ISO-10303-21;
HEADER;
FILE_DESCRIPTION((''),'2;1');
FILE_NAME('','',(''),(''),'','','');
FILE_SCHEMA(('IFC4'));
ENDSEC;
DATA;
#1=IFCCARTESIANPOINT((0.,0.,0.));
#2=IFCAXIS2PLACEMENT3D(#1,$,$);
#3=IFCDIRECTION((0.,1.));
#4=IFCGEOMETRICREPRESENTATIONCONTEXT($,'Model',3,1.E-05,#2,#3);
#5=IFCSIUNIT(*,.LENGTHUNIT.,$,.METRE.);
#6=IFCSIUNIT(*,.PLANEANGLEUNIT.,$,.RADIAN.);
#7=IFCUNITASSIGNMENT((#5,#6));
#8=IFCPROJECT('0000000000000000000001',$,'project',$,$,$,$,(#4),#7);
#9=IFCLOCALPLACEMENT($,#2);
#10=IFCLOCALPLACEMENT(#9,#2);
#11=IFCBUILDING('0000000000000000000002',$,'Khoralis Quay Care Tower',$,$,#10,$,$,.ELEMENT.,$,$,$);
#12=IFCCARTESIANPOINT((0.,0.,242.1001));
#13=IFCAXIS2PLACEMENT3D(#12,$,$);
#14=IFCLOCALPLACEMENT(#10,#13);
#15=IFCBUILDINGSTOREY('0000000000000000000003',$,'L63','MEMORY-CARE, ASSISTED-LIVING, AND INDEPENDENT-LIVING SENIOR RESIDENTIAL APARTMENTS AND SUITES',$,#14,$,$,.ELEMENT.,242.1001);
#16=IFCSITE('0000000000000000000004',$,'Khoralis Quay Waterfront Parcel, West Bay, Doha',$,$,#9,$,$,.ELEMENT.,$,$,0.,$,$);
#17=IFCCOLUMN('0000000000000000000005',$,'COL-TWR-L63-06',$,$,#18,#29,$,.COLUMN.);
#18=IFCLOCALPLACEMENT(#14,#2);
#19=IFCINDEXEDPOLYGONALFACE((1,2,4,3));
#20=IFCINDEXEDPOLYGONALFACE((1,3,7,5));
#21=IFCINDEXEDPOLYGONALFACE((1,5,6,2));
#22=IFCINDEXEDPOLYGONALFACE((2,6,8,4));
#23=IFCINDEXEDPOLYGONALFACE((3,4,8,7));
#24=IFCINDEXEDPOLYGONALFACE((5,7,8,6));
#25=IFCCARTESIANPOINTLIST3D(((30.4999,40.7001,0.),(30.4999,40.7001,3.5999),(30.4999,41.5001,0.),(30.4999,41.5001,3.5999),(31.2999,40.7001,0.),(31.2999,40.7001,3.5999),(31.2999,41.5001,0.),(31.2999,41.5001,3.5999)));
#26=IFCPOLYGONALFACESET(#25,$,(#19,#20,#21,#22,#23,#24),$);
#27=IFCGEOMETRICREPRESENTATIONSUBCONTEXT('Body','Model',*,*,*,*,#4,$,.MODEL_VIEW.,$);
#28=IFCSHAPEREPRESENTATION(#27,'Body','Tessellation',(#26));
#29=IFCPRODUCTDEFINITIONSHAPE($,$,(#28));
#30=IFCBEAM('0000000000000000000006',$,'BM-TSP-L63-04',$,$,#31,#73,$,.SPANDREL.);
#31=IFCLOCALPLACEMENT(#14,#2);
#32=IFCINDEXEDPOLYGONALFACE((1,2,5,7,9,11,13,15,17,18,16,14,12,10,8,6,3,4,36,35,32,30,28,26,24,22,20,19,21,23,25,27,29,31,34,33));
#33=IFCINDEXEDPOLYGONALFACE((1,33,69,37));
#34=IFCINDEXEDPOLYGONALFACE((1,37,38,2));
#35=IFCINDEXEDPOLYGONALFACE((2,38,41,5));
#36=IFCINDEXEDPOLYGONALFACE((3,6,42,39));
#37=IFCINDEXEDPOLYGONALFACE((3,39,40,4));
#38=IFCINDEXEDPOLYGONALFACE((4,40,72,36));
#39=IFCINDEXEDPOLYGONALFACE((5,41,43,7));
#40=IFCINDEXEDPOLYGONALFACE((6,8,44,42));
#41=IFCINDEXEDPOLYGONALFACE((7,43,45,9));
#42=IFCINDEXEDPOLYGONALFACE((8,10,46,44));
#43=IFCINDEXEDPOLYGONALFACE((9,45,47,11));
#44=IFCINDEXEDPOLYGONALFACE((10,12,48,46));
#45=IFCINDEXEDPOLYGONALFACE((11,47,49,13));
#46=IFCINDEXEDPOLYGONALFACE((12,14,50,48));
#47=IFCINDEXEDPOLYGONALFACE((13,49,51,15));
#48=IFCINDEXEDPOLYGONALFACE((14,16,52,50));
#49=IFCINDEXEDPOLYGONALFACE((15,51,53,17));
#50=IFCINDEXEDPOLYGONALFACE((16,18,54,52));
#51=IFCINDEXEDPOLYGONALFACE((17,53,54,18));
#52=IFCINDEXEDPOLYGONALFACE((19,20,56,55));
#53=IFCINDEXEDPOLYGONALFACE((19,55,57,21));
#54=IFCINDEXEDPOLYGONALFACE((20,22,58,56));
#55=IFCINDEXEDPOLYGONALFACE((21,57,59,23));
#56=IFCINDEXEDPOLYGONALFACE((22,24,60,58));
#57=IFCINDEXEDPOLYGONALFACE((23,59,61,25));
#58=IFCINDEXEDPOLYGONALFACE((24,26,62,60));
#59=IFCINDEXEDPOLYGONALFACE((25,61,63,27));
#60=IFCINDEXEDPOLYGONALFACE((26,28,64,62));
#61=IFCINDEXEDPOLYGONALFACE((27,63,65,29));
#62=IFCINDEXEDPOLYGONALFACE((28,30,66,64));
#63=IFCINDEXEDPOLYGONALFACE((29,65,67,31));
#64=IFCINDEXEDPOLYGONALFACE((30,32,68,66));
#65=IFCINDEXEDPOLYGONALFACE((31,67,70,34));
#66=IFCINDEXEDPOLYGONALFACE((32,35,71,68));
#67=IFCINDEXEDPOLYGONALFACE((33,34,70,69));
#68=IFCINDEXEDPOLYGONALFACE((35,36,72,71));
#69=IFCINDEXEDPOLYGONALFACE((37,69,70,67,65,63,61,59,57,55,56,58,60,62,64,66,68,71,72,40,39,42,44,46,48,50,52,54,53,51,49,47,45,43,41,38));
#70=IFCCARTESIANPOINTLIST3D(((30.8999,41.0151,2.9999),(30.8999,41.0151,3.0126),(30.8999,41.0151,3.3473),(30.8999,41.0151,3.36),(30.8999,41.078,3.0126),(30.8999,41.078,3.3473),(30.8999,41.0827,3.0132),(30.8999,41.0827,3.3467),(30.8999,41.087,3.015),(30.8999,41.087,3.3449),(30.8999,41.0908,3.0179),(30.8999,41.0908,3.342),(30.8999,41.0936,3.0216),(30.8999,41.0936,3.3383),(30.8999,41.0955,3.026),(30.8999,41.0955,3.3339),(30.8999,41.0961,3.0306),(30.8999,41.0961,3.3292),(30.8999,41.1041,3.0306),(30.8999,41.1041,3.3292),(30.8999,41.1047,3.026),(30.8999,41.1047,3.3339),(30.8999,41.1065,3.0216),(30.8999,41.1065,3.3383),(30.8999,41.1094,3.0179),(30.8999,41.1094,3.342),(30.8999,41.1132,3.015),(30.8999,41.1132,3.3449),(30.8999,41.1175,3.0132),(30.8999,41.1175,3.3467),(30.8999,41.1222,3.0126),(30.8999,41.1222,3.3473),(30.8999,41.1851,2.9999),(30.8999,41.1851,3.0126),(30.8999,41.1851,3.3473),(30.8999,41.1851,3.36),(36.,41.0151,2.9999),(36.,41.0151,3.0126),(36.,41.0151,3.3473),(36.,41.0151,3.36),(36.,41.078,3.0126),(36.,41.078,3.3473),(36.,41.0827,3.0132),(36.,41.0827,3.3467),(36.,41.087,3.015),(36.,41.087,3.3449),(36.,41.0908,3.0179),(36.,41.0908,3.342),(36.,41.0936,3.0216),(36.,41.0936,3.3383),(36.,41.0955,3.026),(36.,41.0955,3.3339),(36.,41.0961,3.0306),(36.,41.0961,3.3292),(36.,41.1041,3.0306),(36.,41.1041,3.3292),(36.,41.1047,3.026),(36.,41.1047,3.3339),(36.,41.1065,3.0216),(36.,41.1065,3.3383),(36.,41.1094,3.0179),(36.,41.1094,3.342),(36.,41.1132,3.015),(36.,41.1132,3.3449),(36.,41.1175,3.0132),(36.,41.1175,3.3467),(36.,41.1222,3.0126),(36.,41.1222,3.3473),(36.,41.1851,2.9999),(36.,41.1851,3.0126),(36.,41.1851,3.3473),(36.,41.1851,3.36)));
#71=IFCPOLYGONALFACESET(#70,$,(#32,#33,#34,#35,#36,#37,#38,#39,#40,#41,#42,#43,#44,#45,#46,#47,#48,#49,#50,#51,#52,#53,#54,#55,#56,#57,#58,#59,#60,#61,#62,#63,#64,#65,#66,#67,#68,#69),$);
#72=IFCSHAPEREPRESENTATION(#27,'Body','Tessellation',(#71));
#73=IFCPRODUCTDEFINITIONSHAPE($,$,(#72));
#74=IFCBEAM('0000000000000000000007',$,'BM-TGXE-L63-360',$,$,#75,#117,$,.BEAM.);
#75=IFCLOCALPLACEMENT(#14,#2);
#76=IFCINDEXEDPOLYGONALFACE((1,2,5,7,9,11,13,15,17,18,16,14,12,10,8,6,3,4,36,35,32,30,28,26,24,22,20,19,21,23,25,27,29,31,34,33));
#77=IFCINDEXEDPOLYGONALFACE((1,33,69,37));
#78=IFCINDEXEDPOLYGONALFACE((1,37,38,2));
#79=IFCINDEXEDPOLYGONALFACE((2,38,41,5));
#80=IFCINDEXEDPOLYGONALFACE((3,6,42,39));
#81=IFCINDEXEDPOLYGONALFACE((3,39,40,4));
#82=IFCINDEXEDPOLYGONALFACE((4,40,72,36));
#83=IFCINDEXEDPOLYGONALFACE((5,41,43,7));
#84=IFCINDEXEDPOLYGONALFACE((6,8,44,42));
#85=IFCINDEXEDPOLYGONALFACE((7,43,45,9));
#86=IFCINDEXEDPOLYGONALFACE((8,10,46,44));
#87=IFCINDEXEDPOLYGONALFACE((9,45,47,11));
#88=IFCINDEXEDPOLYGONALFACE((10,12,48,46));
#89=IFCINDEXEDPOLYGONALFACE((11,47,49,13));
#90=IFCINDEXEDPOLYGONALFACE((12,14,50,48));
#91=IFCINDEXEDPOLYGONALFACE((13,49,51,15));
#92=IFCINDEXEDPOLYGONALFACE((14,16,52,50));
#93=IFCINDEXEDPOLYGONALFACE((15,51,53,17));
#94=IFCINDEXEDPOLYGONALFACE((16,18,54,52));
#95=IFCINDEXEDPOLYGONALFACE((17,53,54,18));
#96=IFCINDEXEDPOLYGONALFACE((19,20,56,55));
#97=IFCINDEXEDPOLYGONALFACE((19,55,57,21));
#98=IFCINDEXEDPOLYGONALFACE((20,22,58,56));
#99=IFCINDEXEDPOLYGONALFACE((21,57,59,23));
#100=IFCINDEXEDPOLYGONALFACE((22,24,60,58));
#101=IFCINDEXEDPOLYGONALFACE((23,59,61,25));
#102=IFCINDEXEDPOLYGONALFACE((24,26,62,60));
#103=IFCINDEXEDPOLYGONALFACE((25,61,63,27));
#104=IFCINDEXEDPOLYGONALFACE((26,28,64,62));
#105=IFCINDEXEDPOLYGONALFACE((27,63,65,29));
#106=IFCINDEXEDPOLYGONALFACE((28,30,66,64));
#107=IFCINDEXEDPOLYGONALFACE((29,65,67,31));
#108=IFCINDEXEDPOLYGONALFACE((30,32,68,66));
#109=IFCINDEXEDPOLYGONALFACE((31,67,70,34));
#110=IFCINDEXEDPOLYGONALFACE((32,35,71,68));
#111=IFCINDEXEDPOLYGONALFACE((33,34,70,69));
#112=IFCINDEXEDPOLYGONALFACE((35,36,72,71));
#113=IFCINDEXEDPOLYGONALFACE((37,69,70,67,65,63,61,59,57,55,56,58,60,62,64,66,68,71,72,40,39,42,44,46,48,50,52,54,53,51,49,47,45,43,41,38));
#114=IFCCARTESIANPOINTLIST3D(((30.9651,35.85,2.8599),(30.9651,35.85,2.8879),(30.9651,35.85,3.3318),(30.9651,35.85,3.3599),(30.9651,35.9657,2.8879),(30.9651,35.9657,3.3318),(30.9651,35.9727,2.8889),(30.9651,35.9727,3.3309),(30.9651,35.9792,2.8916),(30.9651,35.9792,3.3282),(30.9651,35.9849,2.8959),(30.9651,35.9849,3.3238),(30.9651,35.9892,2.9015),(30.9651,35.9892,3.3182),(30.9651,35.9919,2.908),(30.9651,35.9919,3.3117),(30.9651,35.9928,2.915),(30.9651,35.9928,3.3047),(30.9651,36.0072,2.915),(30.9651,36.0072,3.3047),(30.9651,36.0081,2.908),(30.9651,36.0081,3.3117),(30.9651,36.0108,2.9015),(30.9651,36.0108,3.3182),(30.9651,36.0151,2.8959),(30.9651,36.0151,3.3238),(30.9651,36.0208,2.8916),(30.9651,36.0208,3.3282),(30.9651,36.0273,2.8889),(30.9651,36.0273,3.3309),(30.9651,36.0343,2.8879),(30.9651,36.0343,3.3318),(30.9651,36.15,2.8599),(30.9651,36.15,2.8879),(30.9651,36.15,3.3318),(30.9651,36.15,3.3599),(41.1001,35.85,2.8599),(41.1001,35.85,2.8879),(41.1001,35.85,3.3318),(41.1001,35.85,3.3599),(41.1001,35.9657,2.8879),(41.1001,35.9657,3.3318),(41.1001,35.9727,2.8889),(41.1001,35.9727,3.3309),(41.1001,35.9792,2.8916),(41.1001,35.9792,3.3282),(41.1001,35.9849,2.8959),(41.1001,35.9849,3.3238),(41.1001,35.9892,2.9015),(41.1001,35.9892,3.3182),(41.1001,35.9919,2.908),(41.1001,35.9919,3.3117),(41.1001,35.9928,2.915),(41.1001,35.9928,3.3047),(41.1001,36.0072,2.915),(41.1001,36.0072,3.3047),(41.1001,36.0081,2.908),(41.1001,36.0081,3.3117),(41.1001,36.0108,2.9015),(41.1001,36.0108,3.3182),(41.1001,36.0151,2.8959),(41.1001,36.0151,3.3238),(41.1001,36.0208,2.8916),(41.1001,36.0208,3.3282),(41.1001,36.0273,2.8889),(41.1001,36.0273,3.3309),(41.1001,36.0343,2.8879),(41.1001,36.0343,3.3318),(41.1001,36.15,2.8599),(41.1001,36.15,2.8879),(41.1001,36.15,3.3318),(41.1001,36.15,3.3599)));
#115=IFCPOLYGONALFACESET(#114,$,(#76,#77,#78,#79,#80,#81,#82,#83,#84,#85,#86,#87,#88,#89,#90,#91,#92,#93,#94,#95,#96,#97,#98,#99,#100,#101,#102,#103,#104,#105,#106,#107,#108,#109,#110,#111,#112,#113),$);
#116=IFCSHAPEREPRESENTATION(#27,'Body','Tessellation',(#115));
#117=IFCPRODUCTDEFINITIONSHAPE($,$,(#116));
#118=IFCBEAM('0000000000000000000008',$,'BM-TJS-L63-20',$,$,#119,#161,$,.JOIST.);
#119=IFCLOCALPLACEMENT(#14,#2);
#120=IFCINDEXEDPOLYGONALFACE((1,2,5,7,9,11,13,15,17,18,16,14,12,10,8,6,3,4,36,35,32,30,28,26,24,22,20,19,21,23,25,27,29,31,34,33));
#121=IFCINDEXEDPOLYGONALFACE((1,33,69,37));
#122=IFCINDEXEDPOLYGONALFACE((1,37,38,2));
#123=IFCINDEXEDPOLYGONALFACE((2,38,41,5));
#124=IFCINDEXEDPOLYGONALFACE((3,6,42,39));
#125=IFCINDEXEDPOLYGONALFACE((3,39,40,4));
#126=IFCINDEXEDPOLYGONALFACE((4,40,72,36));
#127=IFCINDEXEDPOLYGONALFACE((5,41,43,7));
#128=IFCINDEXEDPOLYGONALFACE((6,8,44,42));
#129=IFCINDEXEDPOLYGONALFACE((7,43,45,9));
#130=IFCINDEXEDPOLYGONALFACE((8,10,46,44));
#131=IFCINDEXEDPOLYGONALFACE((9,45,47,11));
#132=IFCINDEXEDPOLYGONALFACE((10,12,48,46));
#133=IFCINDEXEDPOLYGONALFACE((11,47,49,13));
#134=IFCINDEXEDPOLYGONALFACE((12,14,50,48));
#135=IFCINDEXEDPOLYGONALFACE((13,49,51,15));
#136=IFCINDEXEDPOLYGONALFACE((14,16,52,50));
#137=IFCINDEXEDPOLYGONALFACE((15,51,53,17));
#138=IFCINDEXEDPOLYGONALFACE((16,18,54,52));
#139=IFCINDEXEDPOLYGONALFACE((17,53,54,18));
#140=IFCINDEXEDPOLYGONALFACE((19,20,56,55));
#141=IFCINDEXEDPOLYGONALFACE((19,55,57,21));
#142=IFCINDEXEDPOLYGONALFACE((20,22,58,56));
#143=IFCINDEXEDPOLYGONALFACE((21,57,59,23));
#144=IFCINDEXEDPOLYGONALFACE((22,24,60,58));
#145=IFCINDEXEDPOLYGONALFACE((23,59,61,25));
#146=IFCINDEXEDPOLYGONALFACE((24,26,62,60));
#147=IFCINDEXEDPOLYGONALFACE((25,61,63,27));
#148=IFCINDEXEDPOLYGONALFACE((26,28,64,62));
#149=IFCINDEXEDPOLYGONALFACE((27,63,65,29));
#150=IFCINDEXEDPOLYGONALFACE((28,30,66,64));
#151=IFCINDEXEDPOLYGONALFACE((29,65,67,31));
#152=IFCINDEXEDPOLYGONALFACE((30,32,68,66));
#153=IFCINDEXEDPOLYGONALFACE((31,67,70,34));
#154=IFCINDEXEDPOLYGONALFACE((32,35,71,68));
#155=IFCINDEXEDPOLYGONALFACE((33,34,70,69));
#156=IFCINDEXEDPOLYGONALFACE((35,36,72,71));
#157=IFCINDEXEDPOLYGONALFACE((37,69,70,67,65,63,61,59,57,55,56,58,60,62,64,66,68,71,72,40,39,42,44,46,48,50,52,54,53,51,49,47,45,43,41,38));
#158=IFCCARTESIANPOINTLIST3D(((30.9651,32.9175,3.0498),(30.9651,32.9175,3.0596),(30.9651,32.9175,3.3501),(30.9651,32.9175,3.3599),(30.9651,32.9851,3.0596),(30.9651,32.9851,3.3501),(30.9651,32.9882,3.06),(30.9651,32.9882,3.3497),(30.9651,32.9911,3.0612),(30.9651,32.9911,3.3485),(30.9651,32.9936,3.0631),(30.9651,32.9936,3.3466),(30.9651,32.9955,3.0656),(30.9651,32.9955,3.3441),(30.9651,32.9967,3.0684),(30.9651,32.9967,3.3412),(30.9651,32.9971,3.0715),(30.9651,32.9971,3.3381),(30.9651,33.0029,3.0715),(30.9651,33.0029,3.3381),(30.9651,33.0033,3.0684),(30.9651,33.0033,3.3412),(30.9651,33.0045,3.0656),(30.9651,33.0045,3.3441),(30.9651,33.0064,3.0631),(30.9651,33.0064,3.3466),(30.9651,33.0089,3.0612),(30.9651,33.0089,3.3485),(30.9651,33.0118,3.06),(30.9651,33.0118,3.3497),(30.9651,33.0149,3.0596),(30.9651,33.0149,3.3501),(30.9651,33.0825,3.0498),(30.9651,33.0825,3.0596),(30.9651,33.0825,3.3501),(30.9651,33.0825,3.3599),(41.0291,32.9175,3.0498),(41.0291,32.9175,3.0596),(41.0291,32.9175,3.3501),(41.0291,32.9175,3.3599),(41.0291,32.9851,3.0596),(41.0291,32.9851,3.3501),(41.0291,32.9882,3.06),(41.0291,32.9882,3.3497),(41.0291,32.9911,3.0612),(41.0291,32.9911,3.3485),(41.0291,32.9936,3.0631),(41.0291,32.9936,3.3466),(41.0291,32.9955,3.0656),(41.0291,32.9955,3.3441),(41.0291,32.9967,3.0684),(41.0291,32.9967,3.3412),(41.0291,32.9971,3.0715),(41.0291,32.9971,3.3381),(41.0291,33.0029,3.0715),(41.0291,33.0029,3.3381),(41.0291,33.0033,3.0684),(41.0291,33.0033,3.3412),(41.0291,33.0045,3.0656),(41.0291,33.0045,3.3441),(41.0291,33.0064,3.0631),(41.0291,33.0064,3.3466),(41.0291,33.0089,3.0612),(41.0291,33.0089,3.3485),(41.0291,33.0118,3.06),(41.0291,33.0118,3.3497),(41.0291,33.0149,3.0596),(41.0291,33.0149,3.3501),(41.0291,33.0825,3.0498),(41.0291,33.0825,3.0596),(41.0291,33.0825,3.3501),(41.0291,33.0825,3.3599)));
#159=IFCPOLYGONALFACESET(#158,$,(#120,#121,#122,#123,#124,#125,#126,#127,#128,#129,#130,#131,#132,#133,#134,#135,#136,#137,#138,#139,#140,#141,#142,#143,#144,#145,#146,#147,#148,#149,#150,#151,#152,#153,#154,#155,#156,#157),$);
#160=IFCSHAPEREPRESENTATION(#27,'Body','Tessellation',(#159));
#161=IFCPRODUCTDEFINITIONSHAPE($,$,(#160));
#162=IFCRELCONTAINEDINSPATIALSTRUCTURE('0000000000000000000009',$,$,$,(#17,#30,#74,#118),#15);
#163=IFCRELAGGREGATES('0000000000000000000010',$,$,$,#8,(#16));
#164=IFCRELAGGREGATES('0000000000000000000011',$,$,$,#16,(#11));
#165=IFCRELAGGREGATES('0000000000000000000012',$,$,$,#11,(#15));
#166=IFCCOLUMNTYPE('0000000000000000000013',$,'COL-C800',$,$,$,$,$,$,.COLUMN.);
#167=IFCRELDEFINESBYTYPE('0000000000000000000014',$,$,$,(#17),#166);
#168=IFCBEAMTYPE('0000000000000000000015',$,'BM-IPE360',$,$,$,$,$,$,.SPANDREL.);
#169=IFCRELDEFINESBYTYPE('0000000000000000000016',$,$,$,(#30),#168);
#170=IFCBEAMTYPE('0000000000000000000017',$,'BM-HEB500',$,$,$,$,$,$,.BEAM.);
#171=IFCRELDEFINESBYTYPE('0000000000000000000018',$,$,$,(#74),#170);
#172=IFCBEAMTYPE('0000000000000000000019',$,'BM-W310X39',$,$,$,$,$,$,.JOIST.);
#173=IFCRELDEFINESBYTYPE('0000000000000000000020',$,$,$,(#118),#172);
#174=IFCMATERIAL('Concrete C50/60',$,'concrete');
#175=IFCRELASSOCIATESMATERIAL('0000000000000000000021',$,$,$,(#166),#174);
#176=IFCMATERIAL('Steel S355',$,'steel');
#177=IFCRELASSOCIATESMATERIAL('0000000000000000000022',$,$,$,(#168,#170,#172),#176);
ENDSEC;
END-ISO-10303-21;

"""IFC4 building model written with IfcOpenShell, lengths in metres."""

from ifc_helpers import new_model, si_unit, direction, frame, origin, origin_2d, place, context, subcontext, project, spatial, rectangle, i_section, extrude, source, transform, mapped, material, material_profile, profile_set, type_object, element, save


model = new_model("IFC4")

# Units and contexts
model_context = context("Model", 3, precision=1e-05, world=origin(), true_north=direction((0.0, 1.0)))
body_context = subcontext(model_context, "Body", "Model", "MODEL_VIEW")
ifc_project = project(units=[si_unit("LENGTHUNIT", "METRE"), si_unit("PLANEANGLEUNIT", "RADIAN")], contexts=[model_context])

# Site, building, storey
site_placement = place(None, origin())
site = spatial("IfcSite", under=ifc_project, at=site_placement, Name="Khoralis Quay Waterfront Parcel, West Bay, Doha", CompositionType="ELEMENT", RefElevation=0.0)
building_placement = place(site_placement, origin())
building = spatial("IfcBuilding", under=site, at=building_placement, Name="Khoralis Quay Care Tower", CompositionType="ELEMENT")
storey_placement = place(building_placement, frame((0.0, 0.0, 242.1001)))
storey = spatial("IfcBuildingStorey", under=building, at=storey_placement, Name="L63", Description="MEMORY-CARE, ASSISTED-LIVING, AND INDEPENDENT-LIVING SENIOR RESIDENTIAL APARTMENTS AND SUITES", CompositionType="ELEMENT", Elevation=242.1001)

# Column
ifc_material_1 = material(Name="Concrete C50/60", Category="concrete")
ifc_material_profile_1 = material_profile(ifc_material_1, rectangle(XDim=0.8, YDim=0.8, at=origin_2d()), Name="Concrete C50/60")
ifc_profile_set_1 = profile_set([ifc_material_profile_1], Name="Concrete C50/60")
column_type = type_object("IfcColumnType", Name="COL-C800", PredefinedType="COLUMN", material=ifc_profile_set_1)
shared_shape_1 = source(origin(), body_context, "Body", "SweptSolid", [
    extrude(rectangle(XDim=0.8, YDim=0.8, at=origin_2d()), origin(), (0.0, 0.0, 1.0), 3.5999),
])
column_placement = place(storey_placement, frame((30.8999, 41.1001, 0.0), z_axis=(0.0, 0.0, 1.0), x_axis=(1.0, 0.0, 0.0)))
element("IfcColumn", 1, at=column_placement, inside=storey, type_object=column_type, Name="COL-TWR-L63-06", PredefinedType="COLUMN", context=body_context, shape_type="MappedRepresentation", body=[
    mapped(shared_shape_1, transform((0.0, 0.0, 0.0), scale=1.0)),
])

# Beams
ifc_material_2 = material(Name="Steel S355", Category="steel")
ifc_material_profile_2 = material_profile(ifc_material_2, i_section(OverallWidth=0.1699, OverallDepth=0.3601, WebThickness=0.0081, FlangeThickness=0.0127, FilletRadius=0.0181, at=origin_2d()), Name="Steel S355")
ifc_profile_set_2 = profile_set([ifc_material_profile_2], Name="Steel S355")
beam_type_1 = type_object("IfcBeamType", Name="BM-IPE360", PredefinedType="SPANDREL", material=ifc_profile_set_2)
shared_shape_2 = source(origin(), body_context, "Body", "SweptSolid", [
    extrude(i_section(OverallWidth=0.1699, OverallDepth=0.3601, WebThickness=0.0081, FlangeThickness=0.0127, FilletRadius=0.0181, at=origin_2d()), origin(), (0.0, 0.0, 1.0), 5.1001),
])
beam_1_placement = place(storey_placement, frame((30.8999, 41.1001, 3.1799), z_axis=(1.0, 0.0, 0.0), x_axis=(0.0, 1.0, 0.0)))
element("IfcBeam", 2, at=beam_1_placement, inside=storey, type_object=beam_type_1, Name="BM-TSP-L63-04", PredefinedType="SPANDREL", context=body_context, shape_type="MappedRepresentation", body=[
    mapped(shared_shape_2, transform((0.0, 0.0, 0.0), scale=1.0)),
])
ifc_material_profile_3 = material_profile(ifc_material_2, i_section(OverallWidth=0.3, OverallDepth=0.5, WebThickness=0.0144, FlangeThickness=0.0281, FilletRadius=0.0271, at=origin_2d()), Name="Steel S355")
ifc_profile_set_3 = profile_set([ifc_material_profile_3], Name="Steel S355")
beam_type_2 = type_object("IfcBeamType", Name="BM-HEB500", PredefinedType="BEAM", material=ifc_profile_set_3)
shared_shape_3 = source(origin(), body_context, "Body", "SweptSolid", [
    extrude(i_section(OverallWidth=0.3, OverallDepth=0.5, WebThickness=0.0144, FlangeThickness=0.0281, FilletRadius=0.0271, at=origin_2d()), origin(), (0.0, 0.0, 1.0), 10.135),
])
beam_2_placement = place(storey_placement, frame((30.9651, 36.0, 3.1099), z_axis=(1.0, 0.0, 0.0), x_axis=(0.0, 1.0, 0.0)))
element("IfcBeam", 3, at=beam_2_placement, inside=storey, type_object=beam_type_2, Name="BM-TGXE-L63-360", PredefinedType="BEAM", context=body_context, shape_type="MappedRepresentation", body=[
    mapped(shared_shape_3, transform((0.0, 0.0, 0.0), scale=1.0)),
])
ifc_material_profile_4 = material_profile(ifc_material_2, i_section(OverallWidth=0.165, OverallDepth=0.3101, WebThickness=0.0059, FlangeThickness=0.0098, FilletRadius=0.012, at=origin_2d()), Name="Steel S355")
ifc_profile_set_4 = profile_set([ifc_material_profile_4], Name="Steel S355")
beam_type_3 = type_object("IfcBeamType", Name="BM-W310X39", PredefinedType="JOIST", material=ifc_profile_set_4)
shared_shape_4 = source(origin(), body_context, "Body", "SweptSolid", [
    extrude(i_section(OverallWidth=0.165, OverallDepth=0.3101, WebThickness=0.0059, FlangeThickness=0.0098, FilletRadius=0.012, at=origin_2d()), origin(), (0.0, 0.0, 1.0), 10.064),
])
for number, where, z_axis, x_axis, name in (
    (4, (30.9651, 33.0, 3.2048), (1.0, 0.0, 0.0), (0.0, 1.0, 0.0), "BM-TJS-L63-20"),
):
    element("IfcBeam", number, at=place(storey_placement, frame(where, z_axis=z_axis, x_axis=x_axis)), inside=storey, type_object=beam_type_3, Name=name, PredefinedType="JOIST", context=body_context, shape_type="MappedRepresentation", body=[
        mapped(shared_shape_4, transform((0.0, 0.0, 0.0), scale=1.0)),
    ])

save(model, "model.ifc")
